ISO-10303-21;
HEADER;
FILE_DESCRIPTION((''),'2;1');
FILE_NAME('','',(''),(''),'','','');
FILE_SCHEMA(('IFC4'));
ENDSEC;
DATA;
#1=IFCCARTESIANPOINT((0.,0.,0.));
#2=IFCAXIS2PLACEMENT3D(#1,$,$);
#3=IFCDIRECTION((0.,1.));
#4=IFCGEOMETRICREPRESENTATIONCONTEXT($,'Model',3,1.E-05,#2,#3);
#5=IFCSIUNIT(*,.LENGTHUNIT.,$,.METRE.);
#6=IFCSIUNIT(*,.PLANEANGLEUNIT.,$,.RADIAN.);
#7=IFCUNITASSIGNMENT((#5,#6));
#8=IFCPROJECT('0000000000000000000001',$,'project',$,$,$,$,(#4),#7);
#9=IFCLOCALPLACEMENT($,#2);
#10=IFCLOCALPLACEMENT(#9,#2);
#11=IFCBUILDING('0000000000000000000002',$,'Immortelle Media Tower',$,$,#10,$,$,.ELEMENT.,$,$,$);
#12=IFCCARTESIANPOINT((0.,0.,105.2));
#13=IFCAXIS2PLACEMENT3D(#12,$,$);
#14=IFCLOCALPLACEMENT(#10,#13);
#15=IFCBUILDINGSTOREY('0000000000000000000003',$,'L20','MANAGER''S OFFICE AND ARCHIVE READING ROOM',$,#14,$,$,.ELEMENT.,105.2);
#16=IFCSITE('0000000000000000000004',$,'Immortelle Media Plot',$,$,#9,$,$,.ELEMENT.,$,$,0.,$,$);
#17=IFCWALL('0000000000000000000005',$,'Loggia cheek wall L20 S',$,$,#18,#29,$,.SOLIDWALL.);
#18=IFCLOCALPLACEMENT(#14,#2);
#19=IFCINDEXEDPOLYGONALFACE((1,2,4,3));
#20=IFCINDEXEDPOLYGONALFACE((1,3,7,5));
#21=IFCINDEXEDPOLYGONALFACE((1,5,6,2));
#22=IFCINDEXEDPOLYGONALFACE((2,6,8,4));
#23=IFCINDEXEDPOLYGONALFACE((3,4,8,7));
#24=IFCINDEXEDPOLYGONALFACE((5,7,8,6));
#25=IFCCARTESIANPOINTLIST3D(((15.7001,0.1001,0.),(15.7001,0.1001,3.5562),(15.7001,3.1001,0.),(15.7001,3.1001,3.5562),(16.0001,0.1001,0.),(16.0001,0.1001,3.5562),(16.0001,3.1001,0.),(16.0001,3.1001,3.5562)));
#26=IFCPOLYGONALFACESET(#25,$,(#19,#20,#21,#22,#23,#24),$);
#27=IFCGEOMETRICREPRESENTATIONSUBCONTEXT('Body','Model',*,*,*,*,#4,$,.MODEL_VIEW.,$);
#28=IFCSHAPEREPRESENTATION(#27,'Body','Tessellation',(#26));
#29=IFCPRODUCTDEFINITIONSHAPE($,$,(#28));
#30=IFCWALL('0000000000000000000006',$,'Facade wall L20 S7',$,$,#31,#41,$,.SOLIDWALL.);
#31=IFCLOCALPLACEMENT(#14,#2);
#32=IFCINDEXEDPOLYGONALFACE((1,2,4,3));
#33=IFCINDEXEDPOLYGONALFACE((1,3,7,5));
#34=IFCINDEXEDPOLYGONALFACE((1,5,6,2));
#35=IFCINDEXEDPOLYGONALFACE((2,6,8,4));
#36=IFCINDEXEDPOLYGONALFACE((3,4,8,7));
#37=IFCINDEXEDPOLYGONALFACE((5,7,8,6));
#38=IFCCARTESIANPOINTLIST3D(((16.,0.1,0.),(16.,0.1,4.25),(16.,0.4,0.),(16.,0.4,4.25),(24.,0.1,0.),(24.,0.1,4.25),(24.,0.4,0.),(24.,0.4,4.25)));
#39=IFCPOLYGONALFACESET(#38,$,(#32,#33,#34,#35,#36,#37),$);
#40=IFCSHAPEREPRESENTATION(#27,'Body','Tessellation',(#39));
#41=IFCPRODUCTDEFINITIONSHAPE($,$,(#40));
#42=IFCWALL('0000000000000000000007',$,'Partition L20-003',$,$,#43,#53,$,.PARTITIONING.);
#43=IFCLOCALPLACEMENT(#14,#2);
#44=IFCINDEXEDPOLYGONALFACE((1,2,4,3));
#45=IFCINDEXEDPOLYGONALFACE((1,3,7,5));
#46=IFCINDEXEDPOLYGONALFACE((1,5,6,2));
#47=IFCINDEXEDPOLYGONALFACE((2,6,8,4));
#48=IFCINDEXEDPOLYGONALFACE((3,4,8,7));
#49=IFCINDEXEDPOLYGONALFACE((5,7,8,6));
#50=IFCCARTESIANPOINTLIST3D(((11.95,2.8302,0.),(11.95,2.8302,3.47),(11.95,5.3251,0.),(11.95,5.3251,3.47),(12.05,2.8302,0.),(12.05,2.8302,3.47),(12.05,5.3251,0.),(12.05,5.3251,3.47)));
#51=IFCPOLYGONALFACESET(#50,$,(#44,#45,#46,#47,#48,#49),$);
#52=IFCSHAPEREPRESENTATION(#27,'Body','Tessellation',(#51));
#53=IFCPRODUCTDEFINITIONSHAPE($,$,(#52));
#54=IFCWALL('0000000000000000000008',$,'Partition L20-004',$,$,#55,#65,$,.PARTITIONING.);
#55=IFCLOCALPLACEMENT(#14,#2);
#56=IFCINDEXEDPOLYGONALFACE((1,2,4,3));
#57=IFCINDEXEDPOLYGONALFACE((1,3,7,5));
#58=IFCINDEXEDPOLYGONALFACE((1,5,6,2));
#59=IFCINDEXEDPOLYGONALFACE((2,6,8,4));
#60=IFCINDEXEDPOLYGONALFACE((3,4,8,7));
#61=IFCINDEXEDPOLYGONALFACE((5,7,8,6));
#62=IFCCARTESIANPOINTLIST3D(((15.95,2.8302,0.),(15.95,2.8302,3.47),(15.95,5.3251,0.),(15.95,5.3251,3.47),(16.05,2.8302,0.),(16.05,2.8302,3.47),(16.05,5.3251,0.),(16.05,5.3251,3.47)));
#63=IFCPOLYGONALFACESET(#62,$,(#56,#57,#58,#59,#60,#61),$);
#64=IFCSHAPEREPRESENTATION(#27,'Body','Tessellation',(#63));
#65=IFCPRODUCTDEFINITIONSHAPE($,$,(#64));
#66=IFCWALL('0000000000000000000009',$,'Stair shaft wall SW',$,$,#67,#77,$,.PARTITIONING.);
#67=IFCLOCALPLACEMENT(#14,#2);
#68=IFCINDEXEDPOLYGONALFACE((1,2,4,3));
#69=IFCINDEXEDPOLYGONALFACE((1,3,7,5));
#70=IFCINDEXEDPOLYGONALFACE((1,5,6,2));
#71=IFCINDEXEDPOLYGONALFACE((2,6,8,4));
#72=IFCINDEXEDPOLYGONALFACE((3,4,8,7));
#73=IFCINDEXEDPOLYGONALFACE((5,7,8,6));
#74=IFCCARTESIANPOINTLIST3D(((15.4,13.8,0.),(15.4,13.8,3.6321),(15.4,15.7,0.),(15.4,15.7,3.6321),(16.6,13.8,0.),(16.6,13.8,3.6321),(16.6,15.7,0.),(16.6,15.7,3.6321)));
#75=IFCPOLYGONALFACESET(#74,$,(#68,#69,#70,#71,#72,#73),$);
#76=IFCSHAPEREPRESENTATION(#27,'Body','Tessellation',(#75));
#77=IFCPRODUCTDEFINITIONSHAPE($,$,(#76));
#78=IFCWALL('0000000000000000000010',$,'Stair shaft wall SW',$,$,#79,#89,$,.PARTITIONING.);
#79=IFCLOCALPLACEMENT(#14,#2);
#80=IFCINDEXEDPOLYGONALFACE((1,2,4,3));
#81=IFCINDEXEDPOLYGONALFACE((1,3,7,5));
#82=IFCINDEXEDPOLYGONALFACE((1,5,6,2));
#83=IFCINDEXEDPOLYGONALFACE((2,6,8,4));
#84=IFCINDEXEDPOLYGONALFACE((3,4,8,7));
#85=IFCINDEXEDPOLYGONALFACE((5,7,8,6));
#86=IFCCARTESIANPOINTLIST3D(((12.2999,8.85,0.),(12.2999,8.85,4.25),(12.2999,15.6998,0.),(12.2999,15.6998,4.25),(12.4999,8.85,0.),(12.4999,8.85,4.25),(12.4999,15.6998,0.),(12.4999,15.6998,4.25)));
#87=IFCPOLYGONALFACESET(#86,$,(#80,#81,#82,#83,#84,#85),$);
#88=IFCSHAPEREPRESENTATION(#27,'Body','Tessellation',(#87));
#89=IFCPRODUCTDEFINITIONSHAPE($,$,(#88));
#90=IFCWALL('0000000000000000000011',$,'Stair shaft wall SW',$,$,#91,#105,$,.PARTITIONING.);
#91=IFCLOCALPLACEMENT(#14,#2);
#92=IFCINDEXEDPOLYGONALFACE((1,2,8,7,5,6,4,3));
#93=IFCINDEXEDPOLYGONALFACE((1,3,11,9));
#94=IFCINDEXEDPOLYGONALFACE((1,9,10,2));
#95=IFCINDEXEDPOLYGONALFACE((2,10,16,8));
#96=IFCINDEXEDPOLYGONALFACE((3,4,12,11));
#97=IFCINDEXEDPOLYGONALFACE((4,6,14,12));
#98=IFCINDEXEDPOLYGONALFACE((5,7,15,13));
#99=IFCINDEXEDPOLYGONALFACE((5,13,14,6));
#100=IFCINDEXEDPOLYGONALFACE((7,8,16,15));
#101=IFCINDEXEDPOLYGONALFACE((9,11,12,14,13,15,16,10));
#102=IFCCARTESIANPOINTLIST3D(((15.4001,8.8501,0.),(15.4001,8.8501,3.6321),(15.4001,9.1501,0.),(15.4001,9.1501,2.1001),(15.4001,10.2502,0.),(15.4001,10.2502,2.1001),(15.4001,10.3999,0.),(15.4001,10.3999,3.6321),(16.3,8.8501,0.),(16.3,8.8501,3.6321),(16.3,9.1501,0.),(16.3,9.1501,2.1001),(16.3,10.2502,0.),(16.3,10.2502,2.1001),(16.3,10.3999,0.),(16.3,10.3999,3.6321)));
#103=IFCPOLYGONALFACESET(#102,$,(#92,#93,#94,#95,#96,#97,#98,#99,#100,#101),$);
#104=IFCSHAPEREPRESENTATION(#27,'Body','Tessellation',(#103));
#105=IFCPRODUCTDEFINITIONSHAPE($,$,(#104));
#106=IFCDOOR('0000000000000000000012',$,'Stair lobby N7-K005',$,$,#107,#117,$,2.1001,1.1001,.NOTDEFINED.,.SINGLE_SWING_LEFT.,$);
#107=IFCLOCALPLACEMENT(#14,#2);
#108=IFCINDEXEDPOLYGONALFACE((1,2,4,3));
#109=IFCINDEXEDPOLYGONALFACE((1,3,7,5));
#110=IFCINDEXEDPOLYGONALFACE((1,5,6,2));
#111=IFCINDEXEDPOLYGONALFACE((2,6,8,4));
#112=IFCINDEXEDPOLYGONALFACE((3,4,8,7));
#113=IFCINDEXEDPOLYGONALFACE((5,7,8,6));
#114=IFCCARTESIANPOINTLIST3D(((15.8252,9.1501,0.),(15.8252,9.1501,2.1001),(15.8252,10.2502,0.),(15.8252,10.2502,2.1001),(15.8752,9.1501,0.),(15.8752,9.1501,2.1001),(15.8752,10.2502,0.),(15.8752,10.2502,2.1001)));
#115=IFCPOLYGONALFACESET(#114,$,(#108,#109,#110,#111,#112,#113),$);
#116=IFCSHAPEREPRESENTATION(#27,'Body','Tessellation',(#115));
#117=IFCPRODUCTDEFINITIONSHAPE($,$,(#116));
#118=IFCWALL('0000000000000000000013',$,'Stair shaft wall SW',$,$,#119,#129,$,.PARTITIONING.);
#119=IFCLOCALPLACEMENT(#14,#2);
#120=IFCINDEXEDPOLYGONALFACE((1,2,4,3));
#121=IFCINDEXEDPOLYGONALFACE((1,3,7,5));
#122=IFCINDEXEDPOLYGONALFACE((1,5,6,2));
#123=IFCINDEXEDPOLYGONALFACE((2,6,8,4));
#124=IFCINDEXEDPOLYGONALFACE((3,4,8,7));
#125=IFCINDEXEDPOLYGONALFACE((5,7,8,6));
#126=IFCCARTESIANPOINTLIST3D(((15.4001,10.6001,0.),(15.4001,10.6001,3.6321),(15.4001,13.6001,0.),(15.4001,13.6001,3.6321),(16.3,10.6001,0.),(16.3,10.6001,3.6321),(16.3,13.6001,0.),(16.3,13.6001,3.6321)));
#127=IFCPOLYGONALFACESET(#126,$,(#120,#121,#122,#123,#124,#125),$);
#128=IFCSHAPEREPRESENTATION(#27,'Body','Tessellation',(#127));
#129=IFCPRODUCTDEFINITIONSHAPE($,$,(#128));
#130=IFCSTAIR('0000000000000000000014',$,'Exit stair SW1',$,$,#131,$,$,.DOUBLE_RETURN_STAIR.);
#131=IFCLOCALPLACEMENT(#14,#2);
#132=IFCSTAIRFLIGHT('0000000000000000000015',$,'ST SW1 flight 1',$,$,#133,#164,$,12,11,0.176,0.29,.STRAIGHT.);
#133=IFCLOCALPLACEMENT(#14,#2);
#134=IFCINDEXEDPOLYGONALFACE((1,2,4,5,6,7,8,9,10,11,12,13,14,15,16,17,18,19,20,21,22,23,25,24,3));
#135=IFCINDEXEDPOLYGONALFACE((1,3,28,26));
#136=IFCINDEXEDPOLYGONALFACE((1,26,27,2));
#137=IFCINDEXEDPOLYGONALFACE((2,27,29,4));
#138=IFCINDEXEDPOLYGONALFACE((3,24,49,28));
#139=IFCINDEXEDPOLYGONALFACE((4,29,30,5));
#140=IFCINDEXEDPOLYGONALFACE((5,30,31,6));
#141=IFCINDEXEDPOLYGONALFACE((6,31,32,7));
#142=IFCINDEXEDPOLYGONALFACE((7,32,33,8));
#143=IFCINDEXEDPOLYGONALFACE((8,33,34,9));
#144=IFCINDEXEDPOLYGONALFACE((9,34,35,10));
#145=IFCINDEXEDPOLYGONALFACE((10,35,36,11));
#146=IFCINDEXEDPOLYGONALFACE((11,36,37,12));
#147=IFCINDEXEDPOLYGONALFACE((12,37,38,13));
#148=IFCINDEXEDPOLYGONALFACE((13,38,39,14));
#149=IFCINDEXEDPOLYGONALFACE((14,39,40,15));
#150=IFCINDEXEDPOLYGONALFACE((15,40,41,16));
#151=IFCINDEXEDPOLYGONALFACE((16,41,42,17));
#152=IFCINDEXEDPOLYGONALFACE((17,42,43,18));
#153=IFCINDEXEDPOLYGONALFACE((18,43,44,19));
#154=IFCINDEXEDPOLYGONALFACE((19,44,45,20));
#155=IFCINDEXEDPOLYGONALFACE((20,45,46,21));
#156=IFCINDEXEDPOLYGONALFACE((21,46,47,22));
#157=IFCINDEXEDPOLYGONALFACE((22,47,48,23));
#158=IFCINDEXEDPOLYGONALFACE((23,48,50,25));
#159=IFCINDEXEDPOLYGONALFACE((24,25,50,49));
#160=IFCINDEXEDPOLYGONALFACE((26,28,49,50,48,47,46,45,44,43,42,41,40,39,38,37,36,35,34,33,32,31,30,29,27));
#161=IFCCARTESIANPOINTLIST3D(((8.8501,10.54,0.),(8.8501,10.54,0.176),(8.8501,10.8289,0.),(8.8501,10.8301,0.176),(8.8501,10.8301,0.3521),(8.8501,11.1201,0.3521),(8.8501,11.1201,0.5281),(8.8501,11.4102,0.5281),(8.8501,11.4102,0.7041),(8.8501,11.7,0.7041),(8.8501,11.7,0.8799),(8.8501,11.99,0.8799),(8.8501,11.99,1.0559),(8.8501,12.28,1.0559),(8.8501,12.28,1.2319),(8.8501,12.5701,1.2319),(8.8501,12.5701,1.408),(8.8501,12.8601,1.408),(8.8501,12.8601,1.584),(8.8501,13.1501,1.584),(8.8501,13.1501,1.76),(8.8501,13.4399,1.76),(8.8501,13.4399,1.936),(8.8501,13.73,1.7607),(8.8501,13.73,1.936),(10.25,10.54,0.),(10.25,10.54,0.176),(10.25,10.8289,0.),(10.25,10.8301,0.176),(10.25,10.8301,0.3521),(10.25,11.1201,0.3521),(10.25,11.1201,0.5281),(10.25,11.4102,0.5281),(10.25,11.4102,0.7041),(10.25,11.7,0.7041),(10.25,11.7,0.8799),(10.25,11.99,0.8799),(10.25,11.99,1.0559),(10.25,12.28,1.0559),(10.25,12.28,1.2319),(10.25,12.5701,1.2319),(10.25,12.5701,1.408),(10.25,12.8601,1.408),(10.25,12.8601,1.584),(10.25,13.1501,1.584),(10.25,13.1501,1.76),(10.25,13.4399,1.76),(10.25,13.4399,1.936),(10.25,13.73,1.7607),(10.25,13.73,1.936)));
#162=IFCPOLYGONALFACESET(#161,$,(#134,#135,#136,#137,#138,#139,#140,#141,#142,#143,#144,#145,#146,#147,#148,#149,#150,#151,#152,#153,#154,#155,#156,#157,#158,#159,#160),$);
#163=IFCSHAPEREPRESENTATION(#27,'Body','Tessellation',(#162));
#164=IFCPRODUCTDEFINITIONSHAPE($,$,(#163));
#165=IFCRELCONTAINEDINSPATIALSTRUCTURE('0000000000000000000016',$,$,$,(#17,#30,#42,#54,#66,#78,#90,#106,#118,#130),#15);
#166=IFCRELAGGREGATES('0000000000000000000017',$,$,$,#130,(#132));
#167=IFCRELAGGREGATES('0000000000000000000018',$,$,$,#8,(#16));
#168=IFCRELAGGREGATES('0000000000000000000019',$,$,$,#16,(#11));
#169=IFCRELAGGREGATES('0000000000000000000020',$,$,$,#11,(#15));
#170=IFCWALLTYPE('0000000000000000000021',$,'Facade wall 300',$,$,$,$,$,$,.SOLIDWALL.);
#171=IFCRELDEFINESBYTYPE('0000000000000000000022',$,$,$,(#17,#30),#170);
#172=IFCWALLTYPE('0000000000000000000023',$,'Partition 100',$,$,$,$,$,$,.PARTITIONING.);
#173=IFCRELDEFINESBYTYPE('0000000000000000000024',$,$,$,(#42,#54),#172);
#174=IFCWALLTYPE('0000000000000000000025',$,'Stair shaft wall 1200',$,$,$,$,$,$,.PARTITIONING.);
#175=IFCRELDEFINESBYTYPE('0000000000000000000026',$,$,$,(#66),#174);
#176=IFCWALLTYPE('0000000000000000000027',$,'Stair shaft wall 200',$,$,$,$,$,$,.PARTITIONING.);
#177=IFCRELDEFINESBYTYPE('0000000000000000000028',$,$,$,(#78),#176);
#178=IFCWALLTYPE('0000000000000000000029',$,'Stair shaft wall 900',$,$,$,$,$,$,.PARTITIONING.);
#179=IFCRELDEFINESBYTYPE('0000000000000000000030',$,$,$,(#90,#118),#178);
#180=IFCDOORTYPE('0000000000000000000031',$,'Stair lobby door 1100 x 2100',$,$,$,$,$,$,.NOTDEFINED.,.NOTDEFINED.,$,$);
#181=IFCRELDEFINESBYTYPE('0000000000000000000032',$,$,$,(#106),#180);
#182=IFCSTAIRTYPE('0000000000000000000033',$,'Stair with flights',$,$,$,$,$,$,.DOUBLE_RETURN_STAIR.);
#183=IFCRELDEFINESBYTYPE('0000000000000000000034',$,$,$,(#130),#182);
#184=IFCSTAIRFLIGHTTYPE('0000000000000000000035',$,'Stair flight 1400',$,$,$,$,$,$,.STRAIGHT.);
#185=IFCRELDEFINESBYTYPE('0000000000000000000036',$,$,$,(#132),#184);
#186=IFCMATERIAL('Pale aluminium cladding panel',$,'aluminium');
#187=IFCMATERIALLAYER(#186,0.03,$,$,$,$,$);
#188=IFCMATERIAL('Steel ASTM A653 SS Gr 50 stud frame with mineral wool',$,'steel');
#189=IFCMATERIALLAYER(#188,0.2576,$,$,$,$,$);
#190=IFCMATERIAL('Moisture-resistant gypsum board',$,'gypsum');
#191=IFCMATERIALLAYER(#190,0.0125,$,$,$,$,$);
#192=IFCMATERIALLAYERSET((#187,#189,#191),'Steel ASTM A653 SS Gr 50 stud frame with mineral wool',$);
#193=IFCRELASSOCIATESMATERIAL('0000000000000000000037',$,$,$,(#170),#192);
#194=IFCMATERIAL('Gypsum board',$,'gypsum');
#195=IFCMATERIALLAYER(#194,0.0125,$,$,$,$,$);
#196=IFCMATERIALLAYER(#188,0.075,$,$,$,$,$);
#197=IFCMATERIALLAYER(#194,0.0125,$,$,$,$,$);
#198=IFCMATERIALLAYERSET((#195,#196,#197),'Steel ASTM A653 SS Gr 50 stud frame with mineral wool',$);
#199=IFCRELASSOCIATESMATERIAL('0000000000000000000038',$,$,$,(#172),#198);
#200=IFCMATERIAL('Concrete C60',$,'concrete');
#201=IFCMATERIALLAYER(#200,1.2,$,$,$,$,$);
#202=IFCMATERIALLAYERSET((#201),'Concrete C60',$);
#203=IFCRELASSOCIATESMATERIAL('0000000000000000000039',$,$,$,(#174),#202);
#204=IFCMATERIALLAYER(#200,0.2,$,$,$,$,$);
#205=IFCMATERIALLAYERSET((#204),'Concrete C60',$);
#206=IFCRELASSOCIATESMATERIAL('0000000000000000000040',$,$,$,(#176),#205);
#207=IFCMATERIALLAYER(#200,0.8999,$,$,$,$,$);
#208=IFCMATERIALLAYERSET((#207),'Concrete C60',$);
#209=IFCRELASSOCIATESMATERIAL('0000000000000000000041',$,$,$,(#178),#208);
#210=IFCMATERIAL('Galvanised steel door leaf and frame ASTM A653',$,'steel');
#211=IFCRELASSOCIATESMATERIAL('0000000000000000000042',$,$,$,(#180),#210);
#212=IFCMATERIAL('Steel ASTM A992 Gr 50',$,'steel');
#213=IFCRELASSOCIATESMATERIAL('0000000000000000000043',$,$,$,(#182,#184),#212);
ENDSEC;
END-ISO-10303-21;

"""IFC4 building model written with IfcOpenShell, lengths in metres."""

from ifc_helpers import new_model, si_unit, direction, frame, frame_2d, origin, place, context, subcontext, project, spatial, polyline, rectangle, outline, extrude, material, layer, layer_set, type_object, element, fill, aggregate, save


model = new_model("IFC4")

# Units and contexts
model_context = context("Model", 3, precision=1e-05, world=origin(), true_north=direction((0.0, 1.0)))
body_context = subcontext(model_context, "Body", "Model", "MODEL_VIEW")
ifc_project = project(units=[si_unit("LENGTHUNIT", "METRE"), si_unit("PLANEANGLEUNIT", "RADIAN")], contexts=[model_context])

# Site, building, storey
site_placement = place(None, origin())
site = spatial("IfcSite", under=ifc_project, at=site_placement, Name="Immortelle Media Plot", CompositionType="ELEMENT", RefElevation=0.0)
building_placement = place(site_placement, origin())
building = spatial("IfcBuilding", under=site, at=building_placement, Name="Immortelle Media Tower", CompositionType="ELEMENT")
storey_placement = place(building_placement, frame((0.0, 0.0, 105.2)))
storey = spatial("IfcBuildingStorey", under=building, at=storey_placement, Name="L20", Description="MANAGER'S OFFICE AND ARCHIVE READING ROOM", CompositionType="ELEMENT", Elevation=105.2)

# Shared definitions
ifc_material_1 = material(Name="Steel ASTM A992 Gr 50", Category="steel")

# Shared definitions
ifc_material_2 = material(Name="Steel ASTM A653 SS Gr 50 stud frame with mineral wool", Category="steel")

# Walls
ifc_material_3 = material(Name="Pale aluminium cladding panel", Category="aluminium")
ifc_layer_1 = layer(ifc_material_3, 0.03)
ifc_layer_2 = layer(ifc_material_2, 0.2576)
ifc_material_4 = material(Name="Moisture-resistant gypsum board", Category="gypsum")
ifc_layer_3 = layer(ifc_material_4, 0.0125)
ifc_layer_set_1 = layer_set([ifc_layer_1, ifc_layer_2, ifc_layer_3], Name="Steel ASTM A653 SS Gr 50 stud frame with mineral wool")
wall_type_1 = type_object("IfcWallType", Name="Facade wall 300", PredefinedType="SOLIDWALL", material=ifc_layer_set_1)
wall_1_placement = place(storey_placement, frame((15.8501, 0.1001, 0.0), z_axis=(0.0, 0.0, 1.0), x_axis=(0.0, 1.0, 0.0)))
element("IfcWall", 1, at=wall_1_placement, inside=storey, type_object=wall_type_1, Name="Loggia cheek wall L20 S", PredefinedType="SOLIDWALL", context=body_context, shape_type="SweptSolid", body=[
    extrude(rectangle(XDim=3.0, YDim=0.3, at=frame_2d((1.5, 0.0))), origin(), (0.0, 0.0, 1.0), 3.5562),
])
wall_2_placement = place(storey_placement, frame((16.0, 0.25, 0.0), z_axis=(0.0, 0.0, 1.0), x_axis=(1.0, 0.0, 0.0)))
element("IfcWall", 2, at=wall_2_placement, inside=storey, type_object=wall_type_1, Name="Facade wall L20 S7", PredefinedType="SOLIDWALL", context=body_context, shape_type="SweptSolid", body=[
    extrude(rectangle(XDim=8.0, YDim=0.3, at=frame_2d((4.0, 0.0))), origin(), (0.0, 0.0, 1.0), 4.25),
])
ifc_material_5 = material(Name="Gypsum board", Category="gypsum")
ifc_layer_4 = layer(ifc_material_5, 0.0125)
ifc_layer_5 = layer(ifc_material_2, 0.075)
ifc_layer_6 = layer(ifc_material_5, 0.0125)
ifc_layer_set_2 = layer_set([ifc_layer_4, ifc_layer_5, ifc_layer_6], Name="Steel ASTM A653 SS Gr 50 stud frame with mineral wool")
wall_type_2 = type_object("IfcWallType", Name="Partition 100", PredefinedType="PARTITIONING", material=ifc_layer_set_2)
for number, where, z_axis, x_axis, name in (
    (3, (12.0, 2.8301, 0.0), (0.0, 0.0, 1.0), (0.0, 1.0, 0.0), "Partition L20-003"),
    (4, (16.0, 2.8301, 0.0), (0.0, 0.0, 1.0), (0.0, 1.0, 0.0), "Partition L20-004"),
):
    element("IfcWall", number, at=place(storey_placement, frame(where, z_axis=z_axis, x_axis=x_axis)), inside=storey, type_object=wall_type_2, Name=name, PredefinedType="PARTITIONING", context=body_context, shape_type="SweptSolid", body=[
        extrude(rectangle(XDim=2.4949, YDim=0.1001, at=frame_2d((1.2476, 0.0))), origin(), (0.0, 0.0, 1.0), 3.47),
    ])
ifc_material_6 = material(Name="Concrete C60", Category="concrete")
ifc_layer_7 = layer(ifc_material_6, 1.2)
ifc_layer_set_3 = layer_set([ifc_layer_7], Name="Concrete C60")
wall_type_3 = type_object("IfcWallType", Name="Stair shaft wall 1200", PredefinedType="PARTITIONING", material=ifc_layer_set_3)
wall_3_placement = place(storey_placement, frame((16.0, 13.8, 0.0), z_axis=(0.0, 0.0, 1.0), x_axis=(0.0, 1.0, 0.0)))
element("IfcWall", 5, at=wall_3_placement, inside=storey, type_object=wall_type_3, Name="Stair shaft wall SW", PredefinedType="PARTITIONING", context=body_context, shape_type="SweptSolid", body=[
    extrude(rectangle(XDim=1.8999, YDim=1.2, at=frame_2d((0.95, 0.0))), origin(), (0.0, 0.0, 1.0), 3.6321),
])
ifc_layer_8 = layer(ifc_material_6, 0.2)
ifc_layer_set_4 = layer_set([ifc_layer_8], Name="Concrete C60")
wall_type_4 = type_object("IfcWallType", Name="Stair shaft wall 200", PredefinedType="PARTITIONING", material=ifc_layer_set_4)
wall_4_placement = place(storey_placement, frame((12.3999, 8.8501, 0.0), z_axis=(0.0, 0.0, 1.0), x_axis=(0.0, 1.0, 0.0)))
element("IfcWall", 6, at=wall_4_placement, inside=storey, type_object=wall_type_4, Name="Stair shaft wall SW", PredefinedType="PARTITIONING", context=body_context, shape_type="SweptSolid", body=[
    extrude(rectangle(XDim=6.8499, YDim=0.2, at=frame_2d((3.4248, 0.0))), origin(), (0.0, 0.0, 1.0), 4.25),
])

# Wall, opening, door
ifc_layer_9 = layer(ifc_material_6, 0.8999)
ifc_layer_set_5 = layer_set([ifc_layer_9], Name="Concrete C60")
wall_type_5 = type_object("IfcWallType", Name="Stair shaft wall 900", PredefinedType="PARTITIONING", material=ifc_layer_set_5)
wall_5_placement = place(storey_placement, frame((15.8501, 8.8501, 0.0), z_axis=(0.0, 0.0, 1.0), x_axis=(0.0, 1.0, 0.0)))
wall_5 = element("IfcWall", 7, at=wall_5_placement, inside=storey, type_object=wall_type_5, Name="Stair shaft wall SW", PredefinedType="PARTITIONING", context=body_context, shape_type="SweptSolid", body=[
    extrude(rectangle(XDim=1.5498, YDim=0.8999, at=frame_2d((0.7749, 0.0))), origin(), (0.0, 0.0, 1.0), 3.6321),
])
opening_1_placement = place(wall_5_placement, frame((0.3, 0.0, 0.0)))
opening_1 = element("IfcOpeningElement", 8, at=opening_1_placement, cuts=wall_5, PredefinedType="OPENING", context=body_context, shape_type="SweptSolid", body=[
    extrude(rectangle(XDim=1.1001, YDim=2.1001, at=frame_2d((0.55, 1.05))), frame((0.0, 0.46, 0.0), z_axis=(0.0, -1.0, 0.0), x_axis=(1.0, 0.0, 0.0)), (0.0, 0.0, 1.0), 0.9199),
])
ifc_material_7 = material(Name="Galvanised steel door leaf and frame ASTM A653", Category="steel")
door_type_1 = type_object("IfcDoorType", Name="Stair lobby door 1100 x 2100", OperationType="NOTDEFINED", PredefinedType="NOTDEFINED", material=ifc_material_7)
door_1_placement = place(opening_1_placement, origin())
door_1 = element("IfcDoor", 9, at=door_1_placement, inside=storey, type_object=door_type_1, Name="Stair lobby N7-K005", OperationType="SINGLE_SWING_LEFT", OverallHeight=2.1001, OverallWidth=1.1001, PredefinedType="NOTDEFINED", context=body_context, shape_type="SweptSolid", body=[
    extrude(rectangle(XDim=1.1001, YDim=2.1001, at=frame_2d((0.55, 1.05))), frame((0.0, 0.0249, 0.0), z_axis=(0.0, -1.0, 0.0), x_axis=(1.0, 0.0, 0.0)), (0.0, 0.0, 1.0), 0.05),
])
fill(opening_1, door_1)

# Wall
wall_6_placement = place(storey_placement, frame((15.8501, 10.6001, 0.0), z_axis=(0.0, 0.0, 1.0), x_axis=(0.0, 1.0, 0.0)))
element("IfcWall", 10, at=wall_6_placement, inside=storey, type_object=wall_type_5, Name="Stair shaft wall SW", PredefinedType="PARTITIONING", context=body_context, shape_type="SweptSolid", body=[
    extrude(rectangle(XDim=3.0, YDim=0.8999, at=frame_2d((1.5, 0.0))), origin(), (0.0, 0.0, 1.0), 3.6321),
])

# Stair, stair flight
stair_type = type_object("IfcStairType", Name="Stair with flights", PredefinedType="DOUBLE_RETURN_STAIR", material=ifc_material_1)
stair_1_placement = place(storey_placement, origin())
stair_1 = element("IfcStair", 11, at=stair_1_placement, inside=storey, type_object=stair_type, Name="Exit stair SW1", PredefinedType="DOUBLE_RETURN_STAIR")
stair_flight_type = type_object("IfcStairFlightType", Name="Stair flight 1400", PredefinedType="STRAIGHT", material=ifc_material_1)
stair_flight_1_placement = place(storey_placement, frame((9.55, 10.54, 0.0), z_axis=(0.0, 0.0, 1.0), x_axis=(0.0, 1.0, 0.0)))
stair_flight_1 = element("IfcStairFlight", 12, at=stair_flight_1_placement, type_object=stair_flight_type, Name="ST SW1 flight 1", NumberOfRisers=12, NumberOfTreads=11, PredefinedType="STRAIGHT", RiserHeight=0.176, TreadLength=0.29, context=body_context, shape_type="SweptSolid", body=[
    extrude(outline(polyline([(0.0, 0.0), (0.0, 0.176), (0.29, 0.176), (0.29, 0.3521), (0.5801, 0.3521), (0.5801, 0.5281), (0.8701, 0.5281), (0.8701, 0.7041), (1.1599, 0.7041), (1.1599, 0.8799), (1.45, 0.8799), (1.45, 1.0559), (1.74, 1.0559), (1.74, 1.2319), (2.03, 1.2319), (2.03, 1.408), (2.3201, 1.408), (2.3201, 1.584), (2.6101, 1.584), (2.6101, 1.76), (2.8999, 1.76), (2.8999, 1.936), (3.1899, 1.936), (3.1899, 2.1121), (3.1899, 1.7607), (0.2888, 0.0), (0.0, 0.0)])), frame((0.0, 0.7, 0.0), z_axis=(0.0, -1.0, 0.0), x_axis=(1.0, 0.0, 0.0)), (0.0, 0.0, 1.0), 1.3999),
])
aggregate(stair_1, [stair_flight_1])

save(model, "model.ifc")
